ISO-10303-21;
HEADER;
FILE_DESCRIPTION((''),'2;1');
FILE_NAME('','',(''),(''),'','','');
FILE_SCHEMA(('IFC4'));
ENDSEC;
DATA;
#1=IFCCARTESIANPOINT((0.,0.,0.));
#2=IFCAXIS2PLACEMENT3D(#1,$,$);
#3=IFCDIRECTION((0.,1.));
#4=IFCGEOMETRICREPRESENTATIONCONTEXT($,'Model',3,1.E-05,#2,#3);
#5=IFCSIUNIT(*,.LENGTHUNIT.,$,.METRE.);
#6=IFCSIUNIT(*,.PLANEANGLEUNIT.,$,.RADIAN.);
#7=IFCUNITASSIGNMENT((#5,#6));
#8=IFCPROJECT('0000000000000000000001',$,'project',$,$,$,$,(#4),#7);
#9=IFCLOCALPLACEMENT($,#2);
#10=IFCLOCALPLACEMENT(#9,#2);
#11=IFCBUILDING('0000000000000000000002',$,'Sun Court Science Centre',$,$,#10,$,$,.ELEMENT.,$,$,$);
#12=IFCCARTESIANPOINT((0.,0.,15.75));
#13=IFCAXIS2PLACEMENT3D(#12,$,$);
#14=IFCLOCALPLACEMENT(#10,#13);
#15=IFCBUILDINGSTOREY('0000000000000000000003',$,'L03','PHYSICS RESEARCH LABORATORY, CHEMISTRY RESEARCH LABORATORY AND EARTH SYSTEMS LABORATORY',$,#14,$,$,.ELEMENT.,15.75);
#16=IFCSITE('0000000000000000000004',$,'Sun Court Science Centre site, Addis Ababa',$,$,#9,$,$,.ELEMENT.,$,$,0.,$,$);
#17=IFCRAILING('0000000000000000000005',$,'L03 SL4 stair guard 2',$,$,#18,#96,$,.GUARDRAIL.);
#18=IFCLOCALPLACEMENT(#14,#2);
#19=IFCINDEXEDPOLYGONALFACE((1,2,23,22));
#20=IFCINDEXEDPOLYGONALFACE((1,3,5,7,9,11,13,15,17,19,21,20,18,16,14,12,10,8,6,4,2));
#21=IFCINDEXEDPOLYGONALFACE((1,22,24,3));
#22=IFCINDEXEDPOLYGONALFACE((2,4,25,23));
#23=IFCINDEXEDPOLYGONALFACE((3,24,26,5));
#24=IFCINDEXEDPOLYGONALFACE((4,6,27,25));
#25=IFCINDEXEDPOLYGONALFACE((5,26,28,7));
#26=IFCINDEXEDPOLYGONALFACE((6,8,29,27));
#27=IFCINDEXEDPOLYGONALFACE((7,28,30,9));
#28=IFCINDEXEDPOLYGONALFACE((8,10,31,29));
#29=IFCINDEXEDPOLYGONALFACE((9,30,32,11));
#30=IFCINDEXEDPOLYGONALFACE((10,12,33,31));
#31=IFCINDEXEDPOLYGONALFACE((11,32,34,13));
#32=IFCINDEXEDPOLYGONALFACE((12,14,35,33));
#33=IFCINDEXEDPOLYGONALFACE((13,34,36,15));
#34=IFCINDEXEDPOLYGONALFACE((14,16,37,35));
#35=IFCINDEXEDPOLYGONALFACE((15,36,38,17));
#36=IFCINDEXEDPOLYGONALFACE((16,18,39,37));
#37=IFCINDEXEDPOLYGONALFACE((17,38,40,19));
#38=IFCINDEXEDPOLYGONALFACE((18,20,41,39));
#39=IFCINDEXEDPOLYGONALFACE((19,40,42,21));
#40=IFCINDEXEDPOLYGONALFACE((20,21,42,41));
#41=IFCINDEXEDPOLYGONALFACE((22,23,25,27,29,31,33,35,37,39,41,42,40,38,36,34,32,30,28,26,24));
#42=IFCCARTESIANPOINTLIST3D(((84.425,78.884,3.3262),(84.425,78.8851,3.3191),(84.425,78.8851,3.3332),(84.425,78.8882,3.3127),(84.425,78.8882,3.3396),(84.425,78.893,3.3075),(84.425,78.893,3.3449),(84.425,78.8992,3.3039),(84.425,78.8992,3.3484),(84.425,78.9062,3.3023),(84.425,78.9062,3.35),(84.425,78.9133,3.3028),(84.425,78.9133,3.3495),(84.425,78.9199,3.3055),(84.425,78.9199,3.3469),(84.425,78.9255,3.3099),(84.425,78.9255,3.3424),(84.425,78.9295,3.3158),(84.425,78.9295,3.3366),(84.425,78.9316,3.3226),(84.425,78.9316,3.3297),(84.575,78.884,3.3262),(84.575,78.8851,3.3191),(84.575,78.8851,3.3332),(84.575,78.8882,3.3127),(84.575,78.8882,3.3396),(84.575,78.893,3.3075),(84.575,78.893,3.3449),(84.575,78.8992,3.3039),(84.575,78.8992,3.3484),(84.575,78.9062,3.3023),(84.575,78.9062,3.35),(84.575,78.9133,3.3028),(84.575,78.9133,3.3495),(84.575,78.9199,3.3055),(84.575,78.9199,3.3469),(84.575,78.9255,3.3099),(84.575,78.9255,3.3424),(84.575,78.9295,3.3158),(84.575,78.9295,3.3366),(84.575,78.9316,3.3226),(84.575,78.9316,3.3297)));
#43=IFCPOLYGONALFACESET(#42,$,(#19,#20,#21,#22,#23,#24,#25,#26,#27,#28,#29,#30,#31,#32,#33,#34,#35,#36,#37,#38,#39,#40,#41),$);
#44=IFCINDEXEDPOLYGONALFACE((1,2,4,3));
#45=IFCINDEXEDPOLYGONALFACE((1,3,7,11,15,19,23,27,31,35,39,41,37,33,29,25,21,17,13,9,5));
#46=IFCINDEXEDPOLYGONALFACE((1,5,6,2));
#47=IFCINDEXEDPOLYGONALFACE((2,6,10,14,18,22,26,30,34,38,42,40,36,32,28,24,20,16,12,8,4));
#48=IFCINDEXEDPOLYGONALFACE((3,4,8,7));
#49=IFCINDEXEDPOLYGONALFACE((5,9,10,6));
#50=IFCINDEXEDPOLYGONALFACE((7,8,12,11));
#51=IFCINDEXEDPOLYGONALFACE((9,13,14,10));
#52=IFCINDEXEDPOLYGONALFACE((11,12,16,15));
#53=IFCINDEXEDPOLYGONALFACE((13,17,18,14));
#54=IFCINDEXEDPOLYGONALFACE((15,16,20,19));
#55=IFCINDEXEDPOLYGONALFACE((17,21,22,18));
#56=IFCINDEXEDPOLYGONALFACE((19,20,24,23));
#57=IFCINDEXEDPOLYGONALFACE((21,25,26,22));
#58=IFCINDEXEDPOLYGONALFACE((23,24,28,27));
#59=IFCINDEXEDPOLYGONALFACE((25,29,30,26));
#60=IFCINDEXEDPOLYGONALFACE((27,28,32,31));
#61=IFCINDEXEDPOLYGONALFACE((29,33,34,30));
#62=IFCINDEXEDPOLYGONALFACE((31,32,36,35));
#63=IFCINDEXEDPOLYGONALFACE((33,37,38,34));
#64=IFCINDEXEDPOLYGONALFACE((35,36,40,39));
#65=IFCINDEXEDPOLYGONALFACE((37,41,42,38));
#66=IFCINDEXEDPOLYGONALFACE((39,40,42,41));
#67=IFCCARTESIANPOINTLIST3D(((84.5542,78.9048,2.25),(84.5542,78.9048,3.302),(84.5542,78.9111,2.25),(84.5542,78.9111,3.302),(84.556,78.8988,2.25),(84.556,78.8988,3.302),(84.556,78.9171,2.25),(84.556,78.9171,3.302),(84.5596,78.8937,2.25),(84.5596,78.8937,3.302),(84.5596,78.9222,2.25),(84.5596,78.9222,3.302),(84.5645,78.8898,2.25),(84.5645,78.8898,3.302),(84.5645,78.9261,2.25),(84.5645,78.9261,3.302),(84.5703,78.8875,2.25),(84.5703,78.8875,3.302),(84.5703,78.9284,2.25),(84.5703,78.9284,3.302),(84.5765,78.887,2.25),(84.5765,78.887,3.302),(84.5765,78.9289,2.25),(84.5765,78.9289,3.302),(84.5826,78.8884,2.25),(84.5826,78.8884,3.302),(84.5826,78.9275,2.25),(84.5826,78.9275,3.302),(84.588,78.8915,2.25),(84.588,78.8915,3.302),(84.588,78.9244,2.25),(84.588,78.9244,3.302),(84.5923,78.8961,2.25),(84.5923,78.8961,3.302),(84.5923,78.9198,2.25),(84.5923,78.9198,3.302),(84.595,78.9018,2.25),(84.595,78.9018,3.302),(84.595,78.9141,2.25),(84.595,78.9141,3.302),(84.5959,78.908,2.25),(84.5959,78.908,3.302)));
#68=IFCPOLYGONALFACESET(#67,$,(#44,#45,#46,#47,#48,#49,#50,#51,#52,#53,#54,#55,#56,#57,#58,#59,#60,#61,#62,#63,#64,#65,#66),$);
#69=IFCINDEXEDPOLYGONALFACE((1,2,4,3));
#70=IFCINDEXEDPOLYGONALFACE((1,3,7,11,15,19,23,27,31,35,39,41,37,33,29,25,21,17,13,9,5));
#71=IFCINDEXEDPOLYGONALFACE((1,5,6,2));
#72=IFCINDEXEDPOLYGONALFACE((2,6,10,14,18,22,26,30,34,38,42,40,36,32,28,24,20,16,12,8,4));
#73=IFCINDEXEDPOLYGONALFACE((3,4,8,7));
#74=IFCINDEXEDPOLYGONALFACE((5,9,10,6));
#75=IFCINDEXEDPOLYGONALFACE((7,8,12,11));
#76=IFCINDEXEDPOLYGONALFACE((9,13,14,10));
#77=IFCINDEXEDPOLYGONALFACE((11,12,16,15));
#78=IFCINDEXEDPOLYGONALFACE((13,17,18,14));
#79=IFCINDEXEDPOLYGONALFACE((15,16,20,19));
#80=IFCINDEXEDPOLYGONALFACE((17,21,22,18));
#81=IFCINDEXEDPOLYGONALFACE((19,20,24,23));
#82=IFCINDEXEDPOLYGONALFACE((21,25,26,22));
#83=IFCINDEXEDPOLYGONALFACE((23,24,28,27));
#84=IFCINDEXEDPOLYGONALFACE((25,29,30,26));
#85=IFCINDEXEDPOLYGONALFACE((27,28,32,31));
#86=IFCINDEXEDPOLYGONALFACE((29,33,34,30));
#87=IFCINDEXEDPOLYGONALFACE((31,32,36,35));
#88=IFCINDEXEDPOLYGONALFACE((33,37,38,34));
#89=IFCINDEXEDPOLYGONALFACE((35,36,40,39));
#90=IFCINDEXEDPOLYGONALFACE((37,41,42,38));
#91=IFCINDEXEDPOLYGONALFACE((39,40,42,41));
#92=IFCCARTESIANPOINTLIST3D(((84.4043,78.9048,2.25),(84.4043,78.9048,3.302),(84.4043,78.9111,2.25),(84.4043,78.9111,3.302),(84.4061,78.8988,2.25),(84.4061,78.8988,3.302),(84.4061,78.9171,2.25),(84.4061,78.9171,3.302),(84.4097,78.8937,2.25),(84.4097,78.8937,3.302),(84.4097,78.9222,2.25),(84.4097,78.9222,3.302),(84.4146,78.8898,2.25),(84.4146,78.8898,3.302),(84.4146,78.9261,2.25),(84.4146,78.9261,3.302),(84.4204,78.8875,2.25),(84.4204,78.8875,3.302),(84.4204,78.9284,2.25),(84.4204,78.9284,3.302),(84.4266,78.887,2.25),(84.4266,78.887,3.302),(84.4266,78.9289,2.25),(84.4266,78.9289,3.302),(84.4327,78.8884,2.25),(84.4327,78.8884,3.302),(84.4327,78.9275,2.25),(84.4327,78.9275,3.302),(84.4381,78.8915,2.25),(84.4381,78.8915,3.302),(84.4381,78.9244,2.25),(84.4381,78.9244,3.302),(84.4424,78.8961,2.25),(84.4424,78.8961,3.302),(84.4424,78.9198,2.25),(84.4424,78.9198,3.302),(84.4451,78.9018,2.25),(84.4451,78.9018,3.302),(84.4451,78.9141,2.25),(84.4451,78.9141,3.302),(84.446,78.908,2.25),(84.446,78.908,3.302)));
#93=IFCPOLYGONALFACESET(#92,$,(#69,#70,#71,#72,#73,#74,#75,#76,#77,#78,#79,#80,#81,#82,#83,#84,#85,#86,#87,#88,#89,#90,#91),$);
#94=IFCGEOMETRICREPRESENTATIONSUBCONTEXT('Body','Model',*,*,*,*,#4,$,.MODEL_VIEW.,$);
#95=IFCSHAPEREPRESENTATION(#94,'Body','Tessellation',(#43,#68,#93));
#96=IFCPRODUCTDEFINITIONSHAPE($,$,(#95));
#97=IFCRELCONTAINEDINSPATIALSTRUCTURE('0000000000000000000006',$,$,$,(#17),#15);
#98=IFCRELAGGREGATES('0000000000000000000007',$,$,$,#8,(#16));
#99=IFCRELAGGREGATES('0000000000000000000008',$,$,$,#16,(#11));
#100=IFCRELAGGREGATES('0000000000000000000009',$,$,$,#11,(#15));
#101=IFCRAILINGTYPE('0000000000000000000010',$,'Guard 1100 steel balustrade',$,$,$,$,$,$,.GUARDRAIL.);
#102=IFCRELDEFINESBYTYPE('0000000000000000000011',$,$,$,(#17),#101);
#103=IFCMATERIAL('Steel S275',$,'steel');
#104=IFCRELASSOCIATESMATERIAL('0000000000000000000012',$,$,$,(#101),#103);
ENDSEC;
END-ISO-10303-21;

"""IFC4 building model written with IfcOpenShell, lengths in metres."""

from ifc_helpers import new_model, si_unit, direction, frame, origin, origin_2d, place, context, subcontext, project, spatial, circle, extrude, material, type_object, element, save


model = new_model("IFC4")

# Units and contexts
model_context = context("Model", 3, precision=1e-05, world=origin(), true_north=direction((0.0, 1.0)))
body_context = subcontext(model_context, "Body", "Model", "MODEL_VIEW")
ifc_project = project(units=[si_unit("LENGTHUNIT", "METRE"), si_unit("PLANEANGLEUNIT", "RADIAN")], contexts=[model_context])

# Site, building, storey
site_placement = place(None, origin())
site = spatial("IfcSite", under=ifc_project, at=site_placement, Name="Sun Court Science Centre site, Addis Ababa", CompositionType="ELEMENT", RefElevation=0.0)
building_placement = place(site_placement, origin())
building = spatial("IfcBuilding", under=site, at=building_placement, Name="Sun Court Science Centre", CompositionType="ELEMENT")
storey_placement = place(building_placement, frame((0.0, 0.0, 15.75)))
storey = spatial("IfcBuildingStorey", under=building, at=storey_placement, Name="L03", Description="PHYSICS RESEARCH LABORATORY, CHEMISTRY RESEARCH LABORATORY AND EARTH SYSTEMS LABORATORY", CompositionType="ELEMENT", Elevation=15.75)

# Railing
ifc_material_1 = material(Name="Steel S275", Category="steel")
railing_type_1 = type_object("IfcRailingType", Name="Guard 1100 steel balustrade", PredefinedType="GUARDRAIL", material=ifc_material_1)
railing_1_placement = place(storey_placement, frame((84.575, 78.908, 2.25)))
element("IfcRailing", 1, at=railing_1_placement, inside=storey, type_object=railing_type_1, Name="L03 SL4 stair guard 2", PredefinedType="GUARDRAIL", context=body_context, shape_type="SweptSolid", body=[
    extrude(circle(Radius=0.0239, at=origin_2d()), frame((0.0, 0.0, 1.0762), z_axis=(-1.0, 0.0, 0.0), x_axis=(0.0, -1.0, 0.0)), (0.0, 0.0, 1.0), 0.1499),
    extrude(circle(Radius=0.021, at=origin_2d()), origin(), (0.0, 0.0, 1.0), 1.052),
    extrude(circle(Radius=0.021, at=origin_2d()), frame((-0.1499, 0.0, 0.0)), (0.0, 0.0, 1.0), 1.052),
])

save(model, "model.ifc")
